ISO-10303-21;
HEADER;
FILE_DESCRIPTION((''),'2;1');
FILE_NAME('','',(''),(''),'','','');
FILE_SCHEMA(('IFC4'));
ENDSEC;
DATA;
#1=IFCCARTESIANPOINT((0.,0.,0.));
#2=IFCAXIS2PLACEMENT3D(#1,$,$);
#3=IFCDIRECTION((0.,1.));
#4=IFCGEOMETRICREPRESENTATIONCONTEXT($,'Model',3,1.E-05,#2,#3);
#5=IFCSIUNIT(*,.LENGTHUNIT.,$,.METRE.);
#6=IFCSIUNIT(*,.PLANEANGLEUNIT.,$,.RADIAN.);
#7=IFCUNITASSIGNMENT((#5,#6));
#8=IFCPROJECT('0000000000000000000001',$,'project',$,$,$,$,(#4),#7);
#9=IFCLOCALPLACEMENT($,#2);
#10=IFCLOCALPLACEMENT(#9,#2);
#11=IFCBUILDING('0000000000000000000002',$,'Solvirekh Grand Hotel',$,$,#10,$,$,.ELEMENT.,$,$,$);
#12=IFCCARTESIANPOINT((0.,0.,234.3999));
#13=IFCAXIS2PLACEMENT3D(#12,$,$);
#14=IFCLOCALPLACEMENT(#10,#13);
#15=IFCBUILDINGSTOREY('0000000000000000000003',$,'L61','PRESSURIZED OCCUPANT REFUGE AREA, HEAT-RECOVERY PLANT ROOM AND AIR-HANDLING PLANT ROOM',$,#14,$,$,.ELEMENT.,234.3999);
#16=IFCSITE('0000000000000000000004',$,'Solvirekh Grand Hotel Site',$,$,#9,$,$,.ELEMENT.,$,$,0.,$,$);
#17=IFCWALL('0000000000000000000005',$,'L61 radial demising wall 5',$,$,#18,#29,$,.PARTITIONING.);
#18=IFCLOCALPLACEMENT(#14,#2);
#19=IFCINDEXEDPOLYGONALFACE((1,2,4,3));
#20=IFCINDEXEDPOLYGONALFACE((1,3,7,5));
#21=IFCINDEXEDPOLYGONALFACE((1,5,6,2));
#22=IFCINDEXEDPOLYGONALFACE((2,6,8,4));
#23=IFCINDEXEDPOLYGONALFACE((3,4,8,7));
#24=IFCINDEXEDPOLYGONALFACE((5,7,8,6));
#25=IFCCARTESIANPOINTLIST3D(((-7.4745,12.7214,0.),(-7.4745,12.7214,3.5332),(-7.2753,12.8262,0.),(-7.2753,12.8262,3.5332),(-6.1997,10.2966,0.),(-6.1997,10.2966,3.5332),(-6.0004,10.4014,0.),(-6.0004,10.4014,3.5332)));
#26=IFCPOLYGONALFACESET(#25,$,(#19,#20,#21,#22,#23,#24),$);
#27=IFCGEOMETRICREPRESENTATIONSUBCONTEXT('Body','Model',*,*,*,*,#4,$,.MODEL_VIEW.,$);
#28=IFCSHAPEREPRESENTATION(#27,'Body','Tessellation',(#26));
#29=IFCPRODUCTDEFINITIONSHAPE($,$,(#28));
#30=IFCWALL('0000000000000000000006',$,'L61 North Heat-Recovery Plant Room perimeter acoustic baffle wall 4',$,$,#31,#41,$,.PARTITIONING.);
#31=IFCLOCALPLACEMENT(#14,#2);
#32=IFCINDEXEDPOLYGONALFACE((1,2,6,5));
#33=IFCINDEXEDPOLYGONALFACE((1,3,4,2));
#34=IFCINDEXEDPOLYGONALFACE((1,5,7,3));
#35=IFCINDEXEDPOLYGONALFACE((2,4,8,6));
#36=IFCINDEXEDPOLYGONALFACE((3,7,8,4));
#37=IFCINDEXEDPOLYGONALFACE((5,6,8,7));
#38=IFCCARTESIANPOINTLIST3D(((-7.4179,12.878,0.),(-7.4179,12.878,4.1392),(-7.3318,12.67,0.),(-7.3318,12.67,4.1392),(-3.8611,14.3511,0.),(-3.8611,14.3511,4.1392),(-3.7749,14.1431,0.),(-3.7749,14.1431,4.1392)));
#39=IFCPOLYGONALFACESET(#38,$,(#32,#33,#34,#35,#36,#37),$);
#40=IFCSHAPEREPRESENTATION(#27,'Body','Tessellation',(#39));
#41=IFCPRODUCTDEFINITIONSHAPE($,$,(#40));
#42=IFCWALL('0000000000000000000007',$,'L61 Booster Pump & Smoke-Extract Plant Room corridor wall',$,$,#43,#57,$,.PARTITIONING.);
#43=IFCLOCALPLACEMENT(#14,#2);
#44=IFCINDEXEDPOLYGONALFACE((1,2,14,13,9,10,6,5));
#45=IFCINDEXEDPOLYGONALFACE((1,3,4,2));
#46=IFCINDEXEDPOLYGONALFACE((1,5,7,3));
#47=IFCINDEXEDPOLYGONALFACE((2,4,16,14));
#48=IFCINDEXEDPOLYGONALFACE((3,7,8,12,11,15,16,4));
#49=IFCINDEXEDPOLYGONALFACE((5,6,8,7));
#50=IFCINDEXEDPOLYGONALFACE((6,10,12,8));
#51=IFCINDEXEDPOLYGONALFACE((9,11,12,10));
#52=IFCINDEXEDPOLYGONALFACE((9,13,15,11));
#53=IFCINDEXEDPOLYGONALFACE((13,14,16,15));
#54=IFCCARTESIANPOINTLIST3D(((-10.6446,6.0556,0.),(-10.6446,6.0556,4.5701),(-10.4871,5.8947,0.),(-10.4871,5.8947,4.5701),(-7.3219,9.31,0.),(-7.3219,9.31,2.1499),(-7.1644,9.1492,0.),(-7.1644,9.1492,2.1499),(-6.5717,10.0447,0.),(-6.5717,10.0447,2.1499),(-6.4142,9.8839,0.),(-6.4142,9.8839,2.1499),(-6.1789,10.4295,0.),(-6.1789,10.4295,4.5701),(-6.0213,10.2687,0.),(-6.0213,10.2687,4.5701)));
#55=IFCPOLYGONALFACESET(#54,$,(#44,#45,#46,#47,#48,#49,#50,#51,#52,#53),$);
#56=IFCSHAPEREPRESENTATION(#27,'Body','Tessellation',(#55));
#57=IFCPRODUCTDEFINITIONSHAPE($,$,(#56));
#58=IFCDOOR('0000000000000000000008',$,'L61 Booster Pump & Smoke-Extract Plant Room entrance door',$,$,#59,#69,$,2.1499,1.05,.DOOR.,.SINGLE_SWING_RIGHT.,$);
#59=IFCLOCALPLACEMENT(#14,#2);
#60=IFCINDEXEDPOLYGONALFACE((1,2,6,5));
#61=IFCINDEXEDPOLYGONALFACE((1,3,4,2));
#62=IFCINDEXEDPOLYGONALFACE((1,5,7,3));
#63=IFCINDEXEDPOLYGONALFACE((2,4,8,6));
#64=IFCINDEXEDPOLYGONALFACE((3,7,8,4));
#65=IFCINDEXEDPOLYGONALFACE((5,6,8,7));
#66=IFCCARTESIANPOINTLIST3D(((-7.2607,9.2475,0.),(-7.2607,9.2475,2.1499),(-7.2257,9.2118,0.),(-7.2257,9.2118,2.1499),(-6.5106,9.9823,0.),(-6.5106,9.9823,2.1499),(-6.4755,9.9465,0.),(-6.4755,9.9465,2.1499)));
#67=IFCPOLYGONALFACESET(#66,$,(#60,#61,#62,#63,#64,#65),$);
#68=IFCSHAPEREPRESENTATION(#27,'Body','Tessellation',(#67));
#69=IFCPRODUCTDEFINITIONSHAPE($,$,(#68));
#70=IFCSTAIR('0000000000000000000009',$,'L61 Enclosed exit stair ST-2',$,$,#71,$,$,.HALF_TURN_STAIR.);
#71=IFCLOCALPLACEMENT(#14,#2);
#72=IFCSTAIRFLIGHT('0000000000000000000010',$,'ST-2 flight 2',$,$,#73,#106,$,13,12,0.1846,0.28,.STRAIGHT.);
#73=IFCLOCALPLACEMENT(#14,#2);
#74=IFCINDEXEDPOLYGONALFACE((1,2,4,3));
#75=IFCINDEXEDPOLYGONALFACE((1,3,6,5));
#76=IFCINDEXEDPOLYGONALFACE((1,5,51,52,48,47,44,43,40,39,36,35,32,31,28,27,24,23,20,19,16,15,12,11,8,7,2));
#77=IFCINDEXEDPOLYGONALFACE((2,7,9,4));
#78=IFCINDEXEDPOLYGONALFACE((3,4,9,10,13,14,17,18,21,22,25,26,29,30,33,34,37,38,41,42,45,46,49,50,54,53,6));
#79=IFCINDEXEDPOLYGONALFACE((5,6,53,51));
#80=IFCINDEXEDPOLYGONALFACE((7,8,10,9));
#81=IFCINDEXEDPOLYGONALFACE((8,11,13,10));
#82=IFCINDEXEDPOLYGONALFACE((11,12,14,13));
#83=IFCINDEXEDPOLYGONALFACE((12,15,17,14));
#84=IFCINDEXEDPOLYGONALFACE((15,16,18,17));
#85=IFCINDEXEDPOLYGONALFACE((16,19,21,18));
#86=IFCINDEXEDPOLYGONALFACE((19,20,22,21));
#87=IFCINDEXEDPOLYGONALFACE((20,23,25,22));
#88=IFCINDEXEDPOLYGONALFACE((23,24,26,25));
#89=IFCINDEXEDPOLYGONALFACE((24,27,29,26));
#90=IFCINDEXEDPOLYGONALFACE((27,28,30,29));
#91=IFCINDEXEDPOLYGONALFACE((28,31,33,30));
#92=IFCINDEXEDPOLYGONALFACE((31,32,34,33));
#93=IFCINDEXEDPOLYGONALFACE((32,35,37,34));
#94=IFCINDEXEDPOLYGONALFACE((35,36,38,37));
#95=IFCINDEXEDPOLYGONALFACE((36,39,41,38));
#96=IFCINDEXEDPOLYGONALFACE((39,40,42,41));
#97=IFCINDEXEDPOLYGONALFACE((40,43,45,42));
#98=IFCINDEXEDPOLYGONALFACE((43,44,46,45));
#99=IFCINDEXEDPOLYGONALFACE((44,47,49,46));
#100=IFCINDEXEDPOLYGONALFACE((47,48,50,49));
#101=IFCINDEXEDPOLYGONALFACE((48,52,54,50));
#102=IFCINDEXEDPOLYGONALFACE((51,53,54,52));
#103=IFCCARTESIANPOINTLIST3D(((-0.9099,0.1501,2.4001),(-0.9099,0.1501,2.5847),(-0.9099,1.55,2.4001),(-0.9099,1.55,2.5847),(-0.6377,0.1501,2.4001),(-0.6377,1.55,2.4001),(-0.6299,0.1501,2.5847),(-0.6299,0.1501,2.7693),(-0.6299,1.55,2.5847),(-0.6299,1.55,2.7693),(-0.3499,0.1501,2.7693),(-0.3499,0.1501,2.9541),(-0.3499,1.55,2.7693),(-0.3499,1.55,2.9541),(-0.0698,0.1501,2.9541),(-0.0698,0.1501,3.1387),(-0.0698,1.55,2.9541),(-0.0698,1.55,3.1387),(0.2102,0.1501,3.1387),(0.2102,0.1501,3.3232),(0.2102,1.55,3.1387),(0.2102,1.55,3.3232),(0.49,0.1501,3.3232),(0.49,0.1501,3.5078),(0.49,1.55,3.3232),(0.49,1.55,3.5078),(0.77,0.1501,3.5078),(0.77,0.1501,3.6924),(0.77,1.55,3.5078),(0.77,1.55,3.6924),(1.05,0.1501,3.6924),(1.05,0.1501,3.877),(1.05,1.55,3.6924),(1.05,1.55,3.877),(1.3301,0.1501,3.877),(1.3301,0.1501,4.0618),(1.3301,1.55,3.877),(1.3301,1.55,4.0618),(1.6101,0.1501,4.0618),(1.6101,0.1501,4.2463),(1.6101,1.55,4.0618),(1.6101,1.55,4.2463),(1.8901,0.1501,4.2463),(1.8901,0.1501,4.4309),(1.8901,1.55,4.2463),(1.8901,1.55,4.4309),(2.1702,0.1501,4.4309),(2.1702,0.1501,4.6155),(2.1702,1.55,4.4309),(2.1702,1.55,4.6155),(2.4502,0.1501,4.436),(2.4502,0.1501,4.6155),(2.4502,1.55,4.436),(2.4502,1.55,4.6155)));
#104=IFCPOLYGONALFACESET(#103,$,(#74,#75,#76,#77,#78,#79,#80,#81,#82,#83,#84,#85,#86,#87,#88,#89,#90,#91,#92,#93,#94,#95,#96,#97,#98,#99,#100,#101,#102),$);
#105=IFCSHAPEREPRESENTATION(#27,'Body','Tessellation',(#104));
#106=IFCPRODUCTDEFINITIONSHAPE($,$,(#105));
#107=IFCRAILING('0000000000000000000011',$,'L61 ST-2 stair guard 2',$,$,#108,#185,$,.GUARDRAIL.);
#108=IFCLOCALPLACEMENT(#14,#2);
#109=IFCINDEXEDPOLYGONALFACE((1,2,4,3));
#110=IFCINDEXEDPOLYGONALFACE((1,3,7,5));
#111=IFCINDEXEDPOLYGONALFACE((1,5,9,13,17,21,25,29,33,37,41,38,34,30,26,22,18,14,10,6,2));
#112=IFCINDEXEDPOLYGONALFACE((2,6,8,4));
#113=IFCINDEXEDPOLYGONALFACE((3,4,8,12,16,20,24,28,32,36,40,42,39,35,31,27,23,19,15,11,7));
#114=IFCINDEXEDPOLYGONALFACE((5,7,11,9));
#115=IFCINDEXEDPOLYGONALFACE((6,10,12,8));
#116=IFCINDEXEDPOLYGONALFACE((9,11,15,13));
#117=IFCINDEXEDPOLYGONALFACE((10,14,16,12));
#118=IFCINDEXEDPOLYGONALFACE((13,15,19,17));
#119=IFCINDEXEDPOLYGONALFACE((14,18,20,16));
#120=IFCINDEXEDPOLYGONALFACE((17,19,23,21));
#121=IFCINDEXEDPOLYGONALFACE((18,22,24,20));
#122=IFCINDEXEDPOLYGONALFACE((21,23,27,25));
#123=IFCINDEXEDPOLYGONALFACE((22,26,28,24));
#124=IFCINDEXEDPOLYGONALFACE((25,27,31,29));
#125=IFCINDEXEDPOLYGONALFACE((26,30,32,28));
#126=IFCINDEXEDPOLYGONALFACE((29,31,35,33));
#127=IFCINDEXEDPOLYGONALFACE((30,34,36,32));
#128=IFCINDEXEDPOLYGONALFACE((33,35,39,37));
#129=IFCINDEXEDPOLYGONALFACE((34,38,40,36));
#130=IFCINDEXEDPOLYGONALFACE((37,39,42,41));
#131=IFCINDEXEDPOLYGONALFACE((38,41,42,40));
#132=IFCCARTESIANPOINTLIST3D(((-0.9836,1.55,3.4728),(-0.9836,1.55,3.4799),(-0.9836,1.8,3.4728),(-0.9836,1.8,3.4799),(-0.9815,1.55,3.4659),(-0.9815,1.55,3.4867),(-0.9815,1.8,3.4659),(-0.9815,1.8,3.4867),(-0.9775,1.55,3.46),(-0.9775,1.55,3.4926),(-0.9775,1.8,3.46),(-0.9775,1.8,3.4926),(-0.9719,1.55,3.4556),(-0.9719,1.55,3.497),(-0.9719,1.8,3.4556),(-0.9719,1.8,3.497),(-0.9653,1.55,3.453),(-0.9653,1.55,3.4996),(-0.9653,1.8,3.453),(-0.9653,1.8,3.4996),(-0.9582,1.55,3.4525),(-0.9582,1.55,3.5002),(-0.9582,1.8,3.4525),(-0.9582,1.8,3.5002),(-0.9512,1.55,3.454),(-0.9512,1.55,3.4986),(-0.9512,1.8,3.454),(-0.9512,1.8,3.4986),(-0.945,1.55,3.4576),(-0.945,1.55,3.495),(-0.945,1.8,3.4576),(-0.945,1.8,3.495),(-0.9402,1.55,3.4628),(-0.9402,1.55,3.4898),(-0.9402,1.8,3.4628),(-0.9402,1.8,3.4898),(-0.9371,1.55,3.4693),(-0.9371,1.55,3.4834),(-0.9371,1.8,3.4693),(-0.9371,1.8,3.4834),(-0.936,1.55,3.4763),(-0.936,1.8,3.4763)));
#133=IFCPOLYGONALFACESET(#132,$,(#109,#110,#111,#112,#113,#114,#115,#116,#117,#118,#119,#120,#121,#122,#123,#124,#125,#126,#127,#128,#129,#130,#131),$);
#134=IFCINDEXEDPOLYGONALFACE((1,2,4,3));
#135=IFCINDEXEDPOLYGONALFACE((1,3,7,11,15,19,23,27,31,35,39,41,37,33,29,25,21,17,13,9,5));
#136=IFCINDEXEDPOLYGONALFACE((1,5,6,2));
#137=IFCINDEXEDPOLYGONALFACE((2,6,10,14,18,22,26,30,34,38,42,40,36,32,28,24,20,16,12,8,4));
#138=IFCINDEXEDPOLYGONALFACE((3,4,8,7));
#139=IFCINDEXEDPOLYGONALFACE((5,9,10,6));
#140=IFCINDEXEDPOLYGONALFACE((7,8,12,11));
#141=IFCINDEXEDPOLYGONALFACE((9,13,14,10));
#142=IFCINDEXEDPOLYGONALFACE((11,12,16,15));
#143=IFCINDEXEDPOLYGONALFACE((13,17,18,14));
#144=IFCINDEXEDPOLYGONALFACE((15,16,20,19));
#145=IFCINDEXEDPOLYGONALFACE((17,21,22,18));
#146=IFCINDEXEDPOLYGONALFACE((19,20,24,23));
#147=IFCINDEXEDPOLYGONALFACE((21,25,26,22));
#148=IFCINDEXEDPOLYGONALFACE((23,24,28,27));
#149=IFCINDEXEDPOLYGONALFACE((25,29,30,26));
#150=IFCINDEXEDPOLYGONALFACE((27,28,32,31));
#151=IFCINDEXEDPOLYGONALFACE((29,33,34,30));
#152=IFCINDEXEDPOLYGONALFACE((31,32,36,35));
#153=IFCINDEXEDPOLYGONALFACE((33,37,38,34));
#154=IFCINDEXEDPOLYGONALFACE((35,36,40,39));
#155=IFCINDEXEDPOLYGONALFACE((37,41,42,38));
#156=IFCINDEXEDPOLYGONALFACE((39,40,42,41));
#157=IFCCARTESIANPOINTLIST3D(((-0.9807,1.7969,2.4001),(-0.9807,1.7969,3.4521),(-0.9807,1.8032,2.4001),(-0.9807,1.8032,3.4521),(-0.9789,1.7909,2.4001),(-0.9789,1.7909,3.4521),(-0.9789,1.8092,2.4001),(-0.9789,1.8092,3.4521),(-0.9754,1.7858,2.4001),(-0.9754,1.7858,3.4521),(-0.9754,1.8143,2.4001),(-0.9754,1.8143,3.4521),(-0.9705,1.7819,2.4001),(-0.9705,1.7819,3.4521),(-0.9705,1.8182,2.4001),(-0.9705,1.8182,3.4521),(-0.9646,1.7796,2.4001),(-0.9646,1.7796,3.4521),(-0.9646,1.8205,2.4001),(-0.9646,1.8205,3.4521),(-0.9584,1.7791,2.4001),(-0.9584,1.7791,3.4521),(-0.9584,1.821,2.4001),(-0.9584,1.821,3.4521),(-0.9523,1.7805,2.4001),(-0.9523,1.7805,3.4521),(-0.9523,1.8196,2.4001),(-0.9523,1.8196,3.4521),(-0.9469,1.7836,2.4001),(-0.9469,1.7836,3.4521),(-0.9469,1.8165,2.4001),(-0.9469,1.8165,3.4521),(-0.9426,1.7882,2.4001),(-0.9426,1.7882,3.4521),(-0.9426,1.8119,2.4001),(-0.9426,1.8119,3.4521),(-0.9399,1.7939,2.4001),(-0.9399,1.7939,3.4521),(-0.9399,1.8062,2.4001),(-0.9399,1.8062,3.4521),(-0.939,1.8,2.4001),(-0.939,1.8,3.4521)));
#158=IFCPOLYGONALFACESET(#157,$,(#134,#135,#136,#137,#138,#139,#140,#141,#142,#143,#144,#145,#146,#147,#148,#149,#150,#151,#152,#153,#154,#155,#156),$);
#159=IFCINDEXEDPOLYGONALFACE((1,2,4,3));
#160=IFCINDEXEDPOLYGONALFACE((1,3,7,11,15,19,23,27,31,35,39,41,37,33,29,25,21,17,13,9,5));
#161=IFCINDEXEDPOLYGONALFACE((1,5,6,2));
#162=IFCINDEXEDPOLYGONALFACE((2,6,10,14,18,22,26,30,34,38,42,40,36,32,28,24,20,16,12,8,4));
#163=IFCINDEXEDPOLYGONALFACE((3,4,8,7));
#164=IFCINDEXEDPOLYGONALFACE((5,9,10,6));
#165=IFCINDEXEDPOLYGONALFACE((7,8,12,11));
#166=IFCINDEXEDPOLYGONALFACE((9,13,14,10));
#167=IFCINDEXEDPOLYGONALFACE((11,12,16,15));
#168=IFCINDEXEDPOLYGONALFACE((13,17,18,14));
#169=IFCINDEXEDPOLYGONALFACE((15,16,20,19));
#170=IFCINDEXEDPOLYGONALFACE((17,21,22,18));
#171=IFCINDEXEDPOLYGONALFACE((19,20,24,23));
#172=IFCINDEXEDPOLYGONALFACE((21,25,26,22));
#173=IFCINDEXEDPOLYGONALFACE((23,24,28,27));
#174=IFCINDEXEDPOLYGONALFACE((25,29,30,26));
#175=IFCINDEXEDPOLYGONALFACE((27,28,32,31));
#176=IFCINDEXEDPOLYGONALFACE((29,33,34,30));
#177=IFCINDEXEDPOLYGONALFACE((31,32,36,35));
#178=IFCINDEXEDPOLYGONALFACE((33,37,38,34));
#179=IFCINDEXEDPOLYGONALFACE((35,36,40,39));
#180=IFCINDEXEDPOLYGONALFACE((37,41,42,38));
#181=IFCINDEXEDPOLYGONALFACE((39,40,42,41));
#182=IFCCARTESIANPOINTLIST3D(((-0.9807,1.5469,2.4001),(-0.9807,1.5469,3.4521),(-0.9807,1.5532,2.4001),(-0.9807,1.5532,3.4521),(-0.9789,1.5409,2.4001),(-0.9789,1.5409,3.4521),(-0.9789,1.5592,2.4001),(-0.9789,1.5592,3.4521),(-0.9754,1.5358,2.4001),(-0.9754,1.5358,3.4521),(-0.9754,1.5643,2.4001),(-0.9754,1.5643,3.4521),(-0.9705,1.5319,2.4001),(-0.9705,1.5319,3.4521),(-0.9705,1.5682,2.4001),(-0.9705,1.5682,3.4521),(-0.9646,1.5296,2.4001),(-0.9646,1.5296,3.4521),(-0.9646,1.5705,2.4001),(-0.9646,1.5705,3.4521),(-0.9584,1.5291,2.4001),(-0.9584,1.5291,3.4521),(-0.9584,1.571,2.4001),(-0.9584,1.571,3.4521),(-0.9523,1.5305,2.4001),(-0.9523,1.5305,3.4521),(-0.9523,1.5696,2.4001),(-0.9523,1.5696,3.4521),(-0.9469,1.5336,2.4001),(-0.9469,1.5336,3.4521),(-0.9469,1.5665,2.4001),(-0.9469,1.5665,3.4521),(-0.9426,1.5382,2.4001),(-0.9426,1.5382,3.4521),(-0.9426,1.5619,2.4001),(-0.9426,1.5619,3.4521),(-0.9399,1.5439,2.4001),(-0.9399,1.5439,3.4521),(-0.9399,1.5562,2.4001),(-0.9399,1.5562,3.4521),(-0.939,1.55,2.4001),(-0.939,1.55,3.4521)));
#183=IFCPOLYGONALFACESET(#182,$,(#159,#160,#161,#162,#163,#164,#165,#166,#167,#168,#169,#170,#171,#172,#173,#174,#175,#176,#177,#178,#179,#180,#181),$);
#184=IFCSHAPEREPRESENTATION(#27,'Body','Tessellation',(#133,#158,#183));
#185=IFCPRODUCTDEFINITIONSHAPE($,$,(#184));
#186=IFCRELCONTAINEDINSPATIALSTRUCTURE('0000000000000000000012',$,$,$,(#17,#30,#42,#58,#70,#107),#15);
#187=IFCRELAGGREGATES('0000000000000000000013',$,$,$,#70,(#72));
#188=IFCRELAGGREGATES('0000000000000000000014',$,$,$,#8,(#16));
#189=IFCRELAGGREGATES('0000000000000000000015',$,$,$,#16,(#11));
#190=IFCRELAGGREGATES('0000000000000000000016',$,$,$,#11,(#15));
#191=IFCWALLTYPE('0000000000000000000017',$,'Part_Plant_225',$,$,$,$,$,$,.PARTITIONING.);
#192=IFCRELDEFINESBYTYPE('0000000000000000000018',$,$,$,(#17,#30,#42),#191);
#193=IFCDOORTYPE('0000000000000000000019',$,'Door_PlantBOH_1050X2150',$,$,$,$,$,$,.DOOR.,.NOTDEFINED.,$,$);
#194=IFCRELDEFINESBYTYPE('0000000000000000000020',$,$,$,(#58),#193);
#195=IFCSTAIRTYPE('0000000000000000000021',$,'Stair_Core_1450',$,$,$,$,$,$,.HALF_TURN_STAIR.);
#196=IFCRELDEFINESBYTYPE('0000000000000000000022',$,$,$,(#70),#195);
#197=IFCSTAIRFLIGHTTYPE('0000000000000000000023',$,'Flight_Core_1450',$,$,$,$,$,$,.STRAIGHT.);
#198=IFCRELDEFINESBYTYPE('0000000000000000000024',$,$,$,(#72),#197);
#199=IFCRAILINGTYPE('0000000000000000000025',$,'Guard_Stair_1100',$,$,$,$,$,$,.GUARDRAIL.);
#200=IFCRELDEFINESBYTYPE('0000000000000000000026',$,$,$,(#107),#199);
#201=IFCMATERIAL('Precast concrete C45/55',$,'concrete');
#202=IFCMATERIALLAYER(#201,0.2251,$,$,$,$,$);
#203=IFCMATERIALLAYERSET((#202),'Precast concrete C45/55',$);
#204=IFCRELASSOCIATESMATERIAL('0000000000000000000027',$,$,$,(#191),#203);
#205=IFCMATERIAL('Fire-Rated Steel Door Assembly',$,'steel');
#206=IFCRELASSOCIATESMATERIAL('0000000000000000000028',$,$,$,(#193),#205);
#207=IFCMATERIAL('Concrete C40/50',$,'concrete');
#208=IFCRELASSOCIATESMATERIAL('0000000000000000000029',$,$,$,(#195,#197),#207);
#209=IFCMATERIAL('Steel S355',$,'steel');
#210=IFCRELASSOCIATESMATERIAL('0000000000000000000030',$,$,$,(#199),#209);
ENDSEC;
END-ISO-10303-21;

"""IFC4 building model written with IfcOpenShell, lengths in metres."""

from ifc_helpers import new_model, si_unit, direction, frame, frame_2d, origin, origin_2d, place, context, subcontext, project, spatial, polyline, rectangle, circle, outline, extrude, material, layer, layer_set, type_object, element, fill, aggregate, save


model = new_model("IFC4")

# Units and contexts
model_context = context("Model", 3, precision=1e-05, world=origin(), true_north=direction((0.0, 1.0)))
body_context = subcontext(model_context, "Body", "Model", "MODEL_VIEW")
ifc_project = project(units=[si_unit("LENGTHUNIT", "METRE"), si_unit("PLANEANGLEUNIT", "RADIAN")], contexts=[model_context])

# Site, building, storey
site_placement = place(None, origin())
site = spatial("IfcSite", under=ifc_project, at=site_placement, Name="Solvirekh Grand Hotel Site", CompositionType="ELEMENT", RefElevation=0.0)
building_placement = place(site_placement, origin())
building = spatial("IfcBuilding", under=site, at=building_placement, Name="Solvirekh Grand Hotel", CompositionType="ELEMENT")
storey_placement = place(building_placement, frame((0.0, 0.0, 234.3999)))
storey = spatial("IfcBuildingStorey", under=building, at=storey_placement, Name="L61", Description="PRESSURIZED OCCUPANT REFUGE AREA, HEAT-RECOVERY PLANT ROOM AND AIR-HANDLING PLANT ROOM", CompositionType="ELEMENT", Elevation=234.3999)

# Shared definitions
ifc_material_1 = material(Name="Steel S355", Category="steel")

# Shared definitions
ifc_material_2 = material(Name="Concrete C40/50", Category="concrete")
ifc_material_3 = material(Name="Fire-Rated Steel Door Assembly", Category="steel")

# Walls
ifc_material_4 = material(Name="Precast concrete C45/55", Category="concrete")
ifc_layer_1 = layer(ifc_material_4, 0.2251)
ifc_layer_set_1 = layer_set([ifc_layer_1], Name="Precast concrete C45/55")
wall_type_1 = type_object("IfcWallType", Name="Part_Plant_225", PredefinedType="PARTITIONING", material=ifc_layer_set_1)
wall_1_placement = place(storey_placement, frame((-6.1001, 10.3491, 0.0), z_axis=(0.0, 0.0, 1.0), x_axis=(-0.465372, 0.885115, 0.0)))
element("IfcWall", 1, at=wall_1_placement, inside=storey, type_object=wall_type_1, Name="L61 radial demising wall 5", PredefinedType="PARTITIONING", context=body_context, shape_type="SweptSolid", body=[
    extrude(rectangle(XDim=2.7395, YDim=0.2251, at=frame_2d((1.3696, 0.0))), origin(), (0.0, 0.0, 1.0), 3.5332),
])
wall_2_placement = place(storey_placement, frame((-3.8181, 14.2471, 0.0), z_axis=(0.0, 0.0, 1.0), x_axis=(-0.923895, -0.382647, 0.0)))
element("IfcWall", 2, at=wall_2_placement, inside=storey, type_object=wall_type_1, Name="L61 North Heat-Recovery Plant Room perimeter acoustic baffle wall 4", PredefinedType="PARTITIONING", context=body_context, shape_type="SweptSolid", body=[
    extrude(rectangle(XDim=3.8499, YDim=0.2251, at=frame_2d((1.9248, 0.0))), origin(), (0.0, 0.0, 1.0), 4.1392),
])

# Wall, opening, door
wall_3_placement = place(storey_placement, frame((-6.1001, 10.3491, 0.0), z_axis=(0.0, 0.0, 1.0), x_axis=(-0.714411, -0.699726, 0.0)))
wall_3 = element("IfcWall", 3, at=wall_3_placement, inside=storey, type_object=wall_type_1, Name="L61 Booster Pump & Smoke-Extract Plant Room corridor wall", PredefinedType="PARTITIONING", context=body_context, shape_type="SweptSolid", body=[
    extrude(rectangle(XDim=6.251, YDim=0.2251, at=frame_2d((3.1255, 0.0))), origin(), (0.0, 0.0, 1.0), 4.5701),
])
opening_1_placement = place(wall_3_placement, frame((0.55, 0.0, 0.0)))
opening_1 = element("IfcOpeningElement", 4, at=opening_1_placement, cuts=wall_3, PredefinedType="OPENING", context=body_context, shape_type="SweptSolid", body=[
    extrude(rectangle(XDim=1.05, YDim=2.1499, at=frame_2d((0.5249, 1.075))), frame((0.0, 0.1226, 0.0), z_axis=(0.0, -1.0, 0.0), x_axis=(1.0, 0.0, 0.0)), (0.0, 0.0, 1.0), 0.2451),
])
door_type_1 = type_object("IfcDoorType", Name="Door_PlantBOH_1050X2150", OperationType="NOTDEFINED", PredefinedType="DOOR", material=ifc_material_3)
door_1_placement = place(opening_1_placement, origin())
door_1 = element("IfcDoor", 5, at=door_1_placement, inside=storey, type_object=door_type_1, Name="L61 Booster Pump & Smoke-Extract Plant Room entrance door", OperationType="SINGLE_SWING_RIGHT", OverallHeight=2.1499, OverallWidth=1.05, PredefinedType="DOOR", context=body_context, shape_type="SweptSolid", body=[
    extrude(rectangle(XDim=1.05, YDim=2.1499, at=frame_2d((0.5249, 1.075))), frame((0.0, 0.0249, 0.0), z_axis=(0.0, -1.0, 0.0), x_axis=(1.0, 0.0, 0.0)), (0.0, 0.0, 1.0), 0.05),
])
fill(opening_1, door_1)

# Stair, stair flight
stair_type = type_object("IfcStairType", Name="Stair_Core_1450", PredefinedType="HALF_TURN_STAIR", material=ifc_material_2)
stair_placement = place(storey_placement, origin())
stair = element("IfcStair", 6, at=stair_placement, inside=storey, type_object=stair_type, Name="L61 Enclosed exit stair ST-2", PredefinedType="HALF_TURN_STAIR")
stair_flight_type = type_object("IfcStairFlightType", Name="Flight_Core_1450", PredefinedType="STRAIGHT", material=ifc_material_2)
stair_flight_placement = place(storey_placement, frame((-0.9099, 0.8501, 2.4001), z_axis=(0.0, 0.0, 1.0), x_axis=(1.0, 0.0, 0.0)))
stair_flight = element("IfcStairFlight", 7, at=stair_flight_placement, type_object=stair_flight_type, Name="ST-2 flight 2", NumberOfRisers=13, NumberOfTreads=12, PredefinedType="STRAIGHT", RiserHeight=0.1846, TreadLength=0.28, context=body_context, shape_type="SweptSolid", body=[
    extrude(outline(polyline([(0.0, 0.0), (0.0, 0.1846), (0.28, 0.1846), (0.28, 0.3691), (0.5601, 0.3691), (0.5601, 0.554), (0.8401, 0.554), (0.8401, 0.7385), (1.1201, 0.7385), (1.1201, 0.9231), (1.3999, 0.9231), (1.3999, 1.1077), (1.6799, 1.1077), (1.6799, 1.2922), (1.96, 1.2922), (1.96, 1.4768), (2.24, 1.4768), (2.24, 1.6616), (2.52, 1.6616), (2.52, 1.8462), (2.8, 1.8462), (2.8, 2.0308), (3.0801, 2.0308), (3.0801, 2.2153), (3.3601, 2.2153), (3.3601, 2.3999), (3.3601, 2.0359), (0.2722, 0.0), (0.0, 0.0)])), frame((0.0, 0.7, 0.0), z_axis=(0.0, -1.0, 0.0), x_axis=(1.0, 0.0, 0.0)), (0.0, 0.0, 1.0), 1.3999),
])
aggregate(stair, [stair_flight])

# Railing
railing_type_1 = type_object("IfcRailingType", Name="Guard_Stair_1100", PredefinedType="GUARDRAIL", material=ifc_material_1)
railing_1_placement = place(storey_placement, frame((-0.96, 1.8, 2.4001)))
element("IfcRailing", 8, at=railing_1_placement, inside=storey, type_object=railing_type_1, Name="L61 ST-2 stair guard 2", PredefinedType="GUARDRAIL", context=body_context, shape_type="SweptSolid", body=[
    extrude(circle(Radius=0.0239, at=origin_2d()), frame((0.0, 0.0, 1.0762), z_axis=(0.0, -1.0, 0.0), x_axis=(1.0, 0.0, 0.0)), (0.0, 0.0, 1.0), 0.25),
    extrude(circle(Radius=0.021, at=origin_2d()), origin(), (0.0, 0.0, 1.0), 1.052),
    extrude(circle(Radius=0.021, at=origin_2d()), frame((0.0, -0.25, 0.0)), (0.0, 0.0, 1.0), 1.052),
])

save(model, "model.ifc")
